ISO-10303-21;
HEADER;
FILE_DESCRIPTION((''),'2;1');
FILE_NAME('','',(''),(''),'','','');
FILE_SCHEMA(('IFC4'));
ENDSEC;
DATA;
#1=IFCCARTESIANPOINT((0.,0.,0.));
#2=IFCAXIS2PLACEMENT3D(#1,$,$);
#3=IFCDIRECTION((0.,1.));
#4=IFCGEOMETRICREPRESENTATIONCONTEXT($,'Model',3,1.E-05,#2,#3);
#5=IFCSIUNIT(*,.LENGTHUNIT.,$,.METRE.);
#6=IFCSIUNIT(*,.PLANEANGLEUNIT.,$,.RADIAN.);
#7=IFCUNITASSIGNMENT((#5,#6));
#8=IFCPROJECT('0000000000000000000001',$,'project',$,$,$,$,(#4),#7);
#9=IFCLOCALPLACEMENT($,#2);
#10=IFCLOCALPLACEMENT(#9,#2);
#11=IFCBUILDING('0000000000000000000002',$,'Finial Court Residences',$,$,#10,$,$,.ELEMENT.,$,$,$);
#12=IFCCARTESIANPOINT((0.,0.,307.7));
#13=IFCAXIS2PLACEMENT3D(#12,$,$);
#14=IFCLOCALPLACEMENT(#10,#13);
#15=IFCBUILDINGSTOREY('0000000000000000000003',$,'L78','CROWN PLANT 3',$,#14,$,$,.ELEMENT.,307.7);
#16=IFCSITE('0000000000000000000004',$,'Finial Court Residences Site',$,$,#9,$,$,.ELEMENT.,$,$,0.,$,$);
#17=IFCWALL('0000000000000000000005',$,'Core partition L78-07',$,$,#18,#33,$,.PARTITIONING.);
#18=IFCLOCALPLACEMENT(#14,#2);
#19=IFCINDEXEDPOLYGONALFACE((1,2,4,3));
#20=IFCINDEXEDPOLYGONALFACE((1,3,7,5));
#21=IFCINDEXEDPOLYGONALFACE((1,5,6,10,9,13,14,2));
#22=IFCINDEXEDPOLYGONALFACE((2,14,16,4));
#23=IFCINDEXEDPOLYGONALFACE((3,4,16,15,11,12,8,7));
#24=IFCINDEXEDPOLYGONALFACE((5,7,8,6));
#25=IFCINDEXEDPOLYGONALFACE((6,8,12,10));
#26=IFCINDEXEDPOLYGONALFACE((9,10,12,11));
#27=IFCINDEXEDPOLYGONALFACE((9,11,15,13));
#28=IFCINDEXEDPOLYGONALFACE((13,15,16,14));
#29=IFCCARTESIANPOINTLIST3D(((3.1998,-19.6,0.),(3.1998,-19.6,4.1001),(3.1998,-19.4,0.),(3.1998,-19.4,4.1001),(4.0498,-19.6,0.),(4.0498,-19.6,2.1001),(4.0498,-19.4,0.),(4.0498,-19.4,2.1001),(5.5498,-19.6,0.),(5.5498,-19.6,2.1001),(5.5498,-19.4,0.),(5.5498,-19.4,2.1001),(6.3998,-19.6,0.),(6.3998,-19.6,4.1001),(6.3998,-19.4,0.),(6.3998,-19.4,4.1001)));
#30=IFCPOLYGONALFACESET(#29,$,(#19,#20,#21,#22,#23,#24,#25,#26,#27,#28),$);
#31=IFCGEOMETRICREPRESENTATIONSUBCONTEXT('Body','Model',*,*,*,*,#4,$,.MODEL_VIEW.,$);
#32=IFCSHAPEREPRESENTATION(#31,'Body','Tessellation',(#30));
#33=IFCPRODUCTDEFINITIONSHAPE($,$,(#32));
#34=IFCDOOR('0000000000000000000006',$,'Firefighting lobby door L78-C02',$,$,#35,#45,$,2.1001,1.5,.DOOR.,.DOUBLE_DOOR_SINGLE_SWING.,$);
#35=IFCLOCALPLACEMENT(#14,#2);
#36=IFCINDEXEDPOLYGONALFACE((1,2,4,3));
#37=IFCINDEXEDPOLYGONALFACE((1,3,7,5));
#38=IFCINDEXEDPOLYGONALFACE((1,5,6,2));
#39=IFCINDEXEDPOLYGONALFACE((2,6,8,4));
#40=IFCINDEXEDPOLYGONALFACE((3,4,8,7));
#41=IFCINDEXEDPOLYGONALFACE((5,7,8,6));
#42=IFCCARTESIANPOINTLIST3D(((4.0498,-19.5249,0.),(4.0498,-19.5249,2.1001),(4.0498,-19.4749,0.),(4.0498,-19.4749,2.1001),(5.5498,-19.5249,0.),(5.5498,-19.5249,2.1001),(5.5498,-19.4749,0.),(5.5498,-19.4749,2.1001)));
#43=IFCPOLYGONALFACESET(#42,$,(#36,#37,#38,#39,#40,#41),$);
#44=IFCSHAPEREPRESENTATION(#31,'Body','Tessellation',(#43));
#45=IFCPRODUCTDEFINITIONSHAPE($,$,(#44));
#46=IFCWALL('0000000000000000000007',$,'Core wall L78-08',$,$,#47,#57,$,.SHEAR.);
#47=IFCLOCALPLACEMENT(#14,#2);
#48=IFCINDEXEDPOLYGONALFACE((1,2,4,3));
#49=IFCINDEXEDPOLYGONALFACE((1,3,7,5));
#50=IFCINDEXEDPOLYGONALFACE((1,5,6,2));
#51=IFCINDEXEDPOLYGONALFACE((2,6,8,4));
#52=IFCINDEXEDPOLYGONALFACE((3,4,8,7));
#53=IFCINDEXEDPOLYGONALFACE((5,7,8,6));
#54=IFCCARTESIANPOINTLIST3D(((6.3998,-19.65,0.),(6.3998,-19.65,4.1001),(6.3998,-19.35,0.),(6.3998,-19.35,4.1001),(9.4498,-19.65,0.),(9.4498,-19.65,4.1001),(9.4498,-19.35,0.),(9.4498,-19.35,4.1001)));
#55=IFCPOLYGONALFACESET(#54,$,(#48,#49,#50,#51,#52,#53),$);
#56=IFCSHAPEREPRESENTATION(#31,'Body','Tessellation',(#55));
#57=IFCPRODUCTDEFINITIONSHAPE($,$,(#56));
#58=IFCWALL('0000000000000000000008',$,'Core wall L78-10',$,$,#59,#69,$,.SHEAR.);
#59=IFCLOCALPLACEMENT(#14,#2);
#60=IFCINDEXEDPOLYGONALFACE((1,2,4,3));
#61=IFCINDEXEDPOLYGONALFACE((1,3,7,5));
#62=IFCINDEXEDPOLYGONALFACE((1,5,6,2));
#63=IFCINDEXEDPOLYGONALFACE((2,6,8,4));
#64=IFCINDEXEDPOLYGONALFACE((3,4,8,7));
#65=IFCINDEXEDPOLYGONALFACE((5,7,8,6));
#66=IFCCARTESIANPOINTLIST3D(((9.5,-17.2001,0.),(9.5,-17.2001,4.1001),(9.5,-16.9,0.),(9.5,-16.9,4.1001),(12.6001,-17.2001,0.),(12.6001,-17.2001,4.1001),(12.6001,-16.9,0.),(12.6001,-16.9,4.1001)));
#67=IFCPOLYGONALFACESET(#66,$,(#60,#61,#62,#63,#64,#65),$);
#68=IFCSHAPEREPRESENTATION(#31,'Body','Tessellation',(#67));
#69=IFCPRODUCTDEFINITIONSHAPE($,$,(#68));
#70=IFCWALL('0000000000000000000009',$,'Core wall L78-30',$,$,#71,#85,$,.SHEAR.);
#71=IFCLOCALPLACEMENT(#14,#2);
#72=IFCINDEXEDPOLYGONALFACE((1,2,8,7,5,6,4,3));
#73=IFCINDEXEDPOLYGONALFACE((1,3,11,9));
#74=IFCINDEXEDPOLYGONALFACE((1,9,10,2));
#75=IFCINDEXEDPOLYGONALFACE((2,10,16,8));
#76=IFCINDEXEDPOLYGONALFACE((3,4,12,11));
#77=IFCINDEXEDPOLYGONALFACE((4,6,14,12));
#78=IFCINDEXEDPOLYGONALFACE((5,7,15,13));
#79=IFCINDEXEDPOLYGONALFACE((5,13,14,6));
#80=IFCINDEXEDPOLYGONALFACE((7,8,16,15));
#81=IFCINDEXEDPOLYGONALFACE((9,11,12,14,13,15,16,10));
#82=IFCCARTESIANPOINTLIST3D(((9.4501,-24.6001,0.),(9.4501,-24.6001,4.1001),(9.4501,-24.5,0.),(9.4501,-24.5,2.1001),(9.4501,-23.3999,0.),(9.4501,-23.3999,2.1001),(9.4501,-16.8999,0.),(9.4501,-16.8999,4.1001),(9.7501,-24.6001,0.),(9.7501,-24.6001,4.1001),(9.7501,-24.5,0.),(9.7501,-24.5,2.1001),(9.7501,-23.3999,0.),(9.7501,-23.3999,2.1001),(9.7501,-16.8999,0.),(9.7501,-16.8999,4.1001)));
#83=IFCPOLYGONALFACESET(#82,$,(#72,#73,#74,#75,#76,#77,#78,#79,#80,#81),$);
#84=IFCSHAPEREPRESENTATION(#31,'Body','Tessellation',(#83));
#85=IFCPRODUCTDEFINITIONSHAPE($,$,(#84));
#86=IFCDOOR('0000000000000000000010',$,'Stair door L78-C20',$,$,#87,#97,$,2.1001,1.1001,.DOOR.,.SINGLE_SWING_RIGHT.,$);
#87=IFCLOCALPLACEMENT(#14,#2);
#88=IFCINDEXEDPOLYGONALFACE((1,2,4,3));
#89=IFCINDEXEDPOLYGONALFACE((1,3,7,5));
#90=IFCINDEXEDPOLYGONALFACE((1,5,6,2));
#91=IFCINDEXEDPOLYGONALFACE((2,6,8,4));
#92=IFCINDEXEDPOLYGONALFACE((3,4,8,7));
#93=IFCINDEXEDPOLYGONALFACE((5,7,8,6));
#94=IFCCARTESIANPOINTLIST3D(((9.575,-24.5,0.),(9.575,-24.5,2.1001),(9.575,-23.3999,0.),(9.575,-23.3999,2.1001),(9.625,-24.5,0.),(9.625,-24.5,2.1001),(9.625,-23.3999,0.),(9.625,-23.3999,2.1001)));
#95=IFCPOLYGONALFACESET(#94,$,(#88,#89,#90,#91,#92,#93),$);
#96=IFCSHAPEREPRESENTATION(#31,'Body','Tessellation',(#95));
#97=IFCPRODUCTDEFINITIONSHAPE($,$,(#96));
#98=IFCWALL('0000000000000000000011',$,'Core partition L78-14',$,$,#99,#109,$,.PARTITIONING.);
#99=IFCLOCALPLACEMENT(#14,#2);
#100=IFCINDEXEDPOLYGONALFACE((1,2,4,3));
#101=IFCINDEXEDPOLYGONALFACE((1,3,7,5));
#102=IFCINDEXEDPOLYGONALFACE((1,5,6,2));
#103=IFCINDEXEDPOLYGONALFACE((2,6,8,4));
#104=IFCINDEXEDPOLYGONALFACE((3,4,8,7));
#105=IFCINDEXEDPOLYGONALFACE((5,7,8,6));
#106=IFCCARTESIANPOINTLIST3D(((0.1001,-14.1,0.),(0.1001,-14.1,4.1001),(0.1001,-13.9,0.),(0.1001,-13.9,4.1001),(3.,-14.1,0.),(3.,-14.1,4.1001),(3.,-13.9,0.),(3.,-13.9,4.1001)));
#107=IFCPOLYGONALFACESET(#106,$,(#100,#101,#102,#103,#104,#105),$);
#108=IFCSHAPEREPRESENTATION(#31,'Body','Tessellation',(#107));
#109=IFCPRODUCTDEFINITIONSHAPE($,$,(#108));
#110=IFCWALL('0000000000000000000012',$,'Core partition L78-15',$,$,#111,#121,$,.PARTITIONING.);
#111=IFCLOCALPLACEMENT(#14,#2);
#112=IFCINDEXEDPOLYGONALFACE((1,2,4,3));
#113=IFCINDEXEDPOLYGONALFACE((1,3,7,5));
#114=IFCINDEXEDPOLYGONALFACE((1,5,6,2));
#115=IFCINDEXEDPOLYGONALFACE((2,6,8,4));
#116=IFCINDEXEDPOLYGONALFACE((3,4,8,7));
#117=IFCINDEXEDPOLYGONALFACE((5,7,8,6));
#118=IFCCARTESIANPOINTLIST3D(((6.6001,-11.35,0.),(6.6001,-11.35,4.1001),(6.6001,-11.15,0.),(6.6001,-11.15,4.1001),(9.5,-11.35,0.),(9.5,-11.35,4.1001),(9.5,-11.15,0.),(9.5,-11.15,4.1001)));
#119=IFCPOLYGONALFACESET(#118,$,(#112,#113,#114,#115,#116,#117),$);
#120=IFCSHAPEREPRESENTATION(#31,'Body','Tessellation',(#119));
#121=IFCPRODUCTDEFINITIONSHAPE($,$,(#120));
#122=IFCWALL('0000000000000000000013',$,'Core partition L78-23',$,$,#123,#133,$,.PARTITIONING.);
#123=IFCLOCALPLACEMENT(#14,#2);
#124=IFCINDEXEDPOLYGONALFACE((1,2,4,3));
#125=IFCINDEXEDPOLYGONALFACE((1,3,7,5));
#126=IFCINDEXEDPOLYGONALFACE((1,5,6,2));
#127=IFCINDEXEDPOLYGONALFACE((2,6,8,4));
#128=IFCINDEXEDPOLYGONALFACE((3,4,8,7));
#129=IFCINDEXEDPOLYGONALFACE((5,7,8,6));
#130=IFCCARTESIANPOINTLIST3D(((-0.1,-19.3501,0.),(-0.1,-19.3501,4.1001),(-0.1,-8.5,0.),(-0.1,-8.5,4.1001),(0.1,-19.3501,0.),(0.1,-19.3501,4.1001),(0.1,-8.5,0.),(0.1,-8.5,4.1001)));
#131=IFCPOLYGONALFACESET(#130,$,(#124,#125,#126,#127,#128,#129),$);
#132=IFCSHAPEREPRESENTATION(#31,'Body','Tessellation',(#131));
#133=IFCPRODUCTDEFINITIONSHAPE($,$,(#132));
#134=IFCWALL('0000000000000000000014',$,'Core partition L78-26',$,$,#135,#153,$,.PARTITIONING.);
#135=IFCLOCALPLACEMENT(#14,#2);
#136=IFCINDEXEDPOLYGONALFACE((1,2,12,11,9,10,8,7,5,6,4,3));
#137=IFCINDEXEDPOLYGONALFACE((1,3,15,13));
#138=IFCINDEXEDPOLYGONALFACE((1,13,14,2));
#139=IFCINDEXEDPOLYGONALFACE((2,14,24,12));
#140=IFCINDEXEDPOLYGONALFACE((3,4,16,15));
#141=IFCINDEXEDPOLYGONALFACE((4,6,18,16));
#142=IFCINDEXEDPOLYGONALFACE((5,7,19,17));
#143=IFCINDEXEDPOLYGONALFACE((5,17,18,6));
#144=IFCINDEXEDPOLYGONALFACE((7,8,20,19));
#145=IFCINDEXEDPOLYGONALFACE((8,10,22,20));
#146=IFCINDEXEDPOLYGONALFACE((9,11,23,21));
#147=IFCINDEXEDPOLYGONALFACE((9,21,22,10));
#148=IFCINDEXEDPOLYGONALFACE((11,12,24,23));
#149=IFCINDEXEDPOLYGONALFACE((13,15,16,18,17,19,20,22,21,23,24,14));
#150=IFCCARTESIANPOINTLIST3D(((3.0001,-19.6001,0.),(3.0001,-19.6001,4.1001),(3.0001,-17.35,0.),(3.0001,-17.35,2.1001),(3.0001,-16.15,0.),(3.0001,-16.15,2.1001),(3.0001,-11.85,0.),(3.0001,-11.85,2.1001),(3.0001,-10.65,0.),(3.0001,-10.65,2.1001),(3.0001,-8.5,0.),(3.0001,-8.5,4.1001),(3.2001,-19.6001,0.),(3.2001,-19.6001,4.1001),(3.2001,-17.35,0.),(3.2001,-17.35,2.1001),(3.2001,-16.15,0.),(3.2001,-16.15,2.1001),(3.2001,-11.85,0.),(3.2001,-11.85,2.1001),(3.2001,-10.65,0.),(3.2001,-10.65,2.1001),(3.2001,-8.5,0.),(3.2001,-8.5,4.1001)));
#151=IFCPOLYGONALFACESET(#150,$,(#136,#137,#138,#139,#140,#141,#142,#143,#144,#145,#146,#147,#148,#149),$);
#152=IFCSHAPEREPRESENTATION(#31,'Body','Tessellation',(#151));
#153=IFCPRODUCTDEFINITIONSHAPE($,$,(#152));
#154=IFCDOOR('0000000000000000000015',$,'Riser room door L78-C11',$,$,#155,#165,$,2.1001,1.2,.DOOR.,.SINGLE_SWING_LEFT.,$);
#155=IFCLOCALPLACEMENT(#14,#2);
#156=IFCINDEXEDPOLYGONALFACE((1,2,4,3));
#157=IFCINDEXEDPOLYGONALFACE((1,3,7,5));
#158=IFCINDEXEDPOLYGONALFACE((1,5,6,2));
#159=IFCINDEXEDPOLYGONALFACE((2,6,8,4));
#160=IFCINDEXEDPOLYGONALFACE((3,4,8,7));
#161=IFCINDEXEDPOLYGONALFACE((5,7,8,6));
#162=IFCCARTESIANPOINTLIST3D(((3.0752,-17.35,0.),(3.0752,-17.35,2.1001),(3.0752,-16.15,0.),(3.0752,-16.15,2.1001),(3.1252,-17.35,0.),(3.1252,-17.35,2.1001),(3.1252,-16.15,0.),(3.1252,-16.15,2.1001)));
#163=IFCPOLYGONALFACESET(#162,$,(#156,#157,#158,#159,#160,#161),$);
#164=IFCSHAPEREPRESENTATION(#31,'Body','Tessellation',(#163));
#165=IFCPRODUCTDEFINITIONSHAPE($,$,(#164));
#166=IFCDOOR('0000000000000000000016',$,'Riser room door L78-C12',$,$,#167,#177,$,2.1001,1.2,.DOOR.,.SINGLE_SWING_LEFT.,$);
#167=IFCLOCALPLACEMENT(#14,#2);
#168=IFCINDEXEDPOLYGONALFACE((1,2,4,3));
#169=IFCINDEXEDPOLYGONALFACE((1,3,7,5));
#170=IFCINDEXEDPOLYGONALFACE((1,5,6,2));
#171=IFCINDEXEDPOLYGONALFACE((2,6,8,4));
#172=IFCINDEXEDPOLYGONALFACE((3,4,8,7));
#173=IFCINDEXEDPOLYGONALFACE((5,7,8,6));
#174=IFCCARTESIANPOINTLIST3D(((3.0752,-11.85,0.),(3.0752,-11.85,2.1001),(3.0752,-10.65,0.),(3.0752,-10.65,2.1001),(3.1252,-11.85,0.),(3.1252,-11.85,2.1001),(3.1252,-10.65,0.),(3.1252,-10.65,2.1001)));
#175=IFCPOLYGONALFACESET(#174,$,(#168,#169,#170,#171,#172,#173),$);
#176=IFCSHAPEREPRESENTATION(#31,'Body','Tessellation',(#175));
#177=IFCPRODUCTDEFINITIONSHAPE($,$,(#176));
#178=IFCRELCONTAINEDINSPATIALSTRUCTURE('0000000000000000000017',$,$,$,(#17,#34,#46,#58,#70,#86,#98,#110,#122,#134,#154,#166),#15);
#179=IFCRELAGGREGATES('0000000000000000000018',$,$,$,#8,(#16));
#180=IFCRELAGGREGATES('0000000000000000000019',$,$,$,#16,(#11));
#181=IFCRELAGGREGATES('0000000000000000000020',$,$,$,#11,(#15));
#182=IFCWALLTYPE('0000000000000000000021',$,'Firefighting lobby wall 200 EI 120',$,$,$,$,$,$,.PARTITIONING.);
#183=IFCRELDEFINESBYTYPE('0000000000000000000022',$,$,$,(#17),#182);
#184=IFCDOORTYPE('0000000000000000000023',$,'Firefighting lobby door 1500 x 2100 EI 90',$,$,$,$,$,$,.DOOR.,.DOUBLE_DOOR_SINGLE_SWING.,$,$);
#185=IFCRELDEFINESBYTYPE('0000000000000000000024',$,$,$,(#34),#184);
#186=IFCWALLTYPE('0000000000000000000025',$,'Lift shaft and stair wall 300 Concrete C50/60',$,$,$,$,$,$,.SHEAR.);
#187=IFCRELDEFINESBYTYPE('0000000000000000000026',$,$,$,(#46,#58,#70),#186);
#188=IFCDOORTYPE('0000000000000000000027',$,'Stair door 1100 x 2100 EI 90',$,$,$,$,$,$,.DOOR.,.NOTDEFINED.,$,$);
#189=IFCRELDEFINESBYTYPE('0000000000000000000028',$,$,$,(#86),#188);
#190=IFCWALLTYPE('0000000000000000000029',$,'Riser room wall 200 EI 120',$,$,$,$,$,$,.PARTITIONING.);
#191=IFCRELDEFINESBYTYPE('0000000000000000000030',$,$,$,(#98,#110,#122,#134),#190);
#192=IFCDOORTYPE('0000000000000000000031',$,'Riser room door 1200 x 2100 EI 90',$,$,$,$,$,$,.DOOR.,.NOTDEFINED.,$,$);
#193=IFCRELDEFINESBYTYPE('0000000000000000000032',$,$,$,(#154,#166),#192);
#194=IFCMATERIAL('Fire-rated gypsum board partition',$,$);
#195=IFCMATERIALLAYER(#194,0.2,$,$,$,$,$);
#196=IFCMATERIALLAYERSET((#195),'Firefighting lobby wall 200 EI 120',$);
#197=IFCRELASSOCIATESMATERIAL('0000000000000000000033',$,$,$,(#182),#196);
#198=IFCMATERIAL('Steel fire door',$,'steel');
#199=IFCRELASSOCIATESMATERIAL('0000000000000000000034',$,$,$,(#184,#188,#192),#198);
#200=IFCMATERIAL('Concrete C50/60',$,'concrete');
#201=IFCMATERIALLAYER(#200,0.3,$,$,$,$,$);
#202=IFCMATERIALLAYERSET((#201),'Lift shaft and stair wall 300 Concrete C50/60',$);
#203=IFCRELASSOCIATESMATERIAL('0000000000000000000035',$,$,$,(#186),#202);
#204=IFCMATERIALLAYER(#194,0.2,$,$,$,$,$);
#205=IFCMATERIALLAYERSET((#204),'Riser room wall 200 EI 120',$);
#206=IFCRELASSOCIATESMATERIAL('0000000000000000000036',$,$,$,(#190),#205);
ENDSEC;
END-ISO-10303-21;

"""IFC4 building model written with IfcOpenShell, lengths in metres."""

from ifc_helpers import new_model, si_unit, direction, frame, frame_2d, origin, place, context, subcontext, project, spatial, rectangle, extrude, material, layer, layer_set, type_object, element, fill, save


model = new_model("IFC4")

# Units and contexts
model_context = context("Model", 3, precision=1e-05, world=origin(), true_north=direction((0.0, 1.0)))
body_context = subcontext(model_context, "Body", "Model", "MODEL_VIEW")
ifc_project = project(units=[si_unit("LENGTHUNIT", "METRE"), si_unit("PLANEANGLEUNIT", "RADIAN")], contexts=[model_context])

# Site, building, storey
site_placement = place(None, origin())
site = spatial("IfcSite", under=ifc_project, at=site_placement, Name="Finial Court Residences Site", CompositionType="ELEMENT", RefElevation=0.0)
building_placement = place(site_placement, origin())
building = spatial("IfcBuilding", under=site, at=building_placement, Name="Finial Court Residences", CompositionType="ELEMENT")
storey_placement = place(building_placement, frame((0.0, 0.0, 307.7)))
storey = spatial("IfcBuildingStorey", under=building, at=storey_placement, Name="L78", Description="CROWN PLANT 3", CompositionType="ELEMENT", Elevation=307.7)

# Wall, opening, door
ifc_material_1 = material(Name="Fire-rated gypsum board partition")
ifc_layer_1 = layer(ifc_material_1, 0.2)
ifc_layer_set_1 = layer_set([ifc_layer_1], Name="Firefighting lobby wall 200 EI 120")
wall_type_1 = type_object("IfcWallType", Name="Firefighting lobby wall 200 EI 120", PredefinedType="PARTITIONING", material=ifc_layer_set_1)
wall_1_placement = place(storey_placement, frame((6.3999, -19.5, 0.0), z_axis=(0.0, 0.0, 1.0), x_axis=(-1.0, 0.0, 0.0)))
wall_1 = element("IfcWall", 1, at=wall_1_placement, inside=storey, type_object=wall_type_1, Name="Core partition L78-07", PredefinedType="PARTITIONING", context=body_context, shape_type="SweptSolid", body=[
    extrude(rectangle(XDim=3.2, YDim=0.2, at=frame_2d((1.6001, 0.0))), origin(), (0.0, 0.0, 1.0), 4.1001),
])
opening_1_placement = place(wall_1_placement, frame((0.8501, 0.0, 0.0)))
opening_1 = element("IfcOpeningElement", 2, at=opening_1_placement, cuts=wall_1, PredefinedType="OPENING", context=body_context, shape_type="SweptSolid", body=[
    extrude(rectangle(XDim=1.5, YDim=2.1001, at=frame_2d((0.75, 1.05))), frame((0.0, 0.1099, 0.0), z_axis=(0.0, -1.0, 0.0), x_axis=(1.0, 0.0, 0.0)), (0.0, 0.0, 1.0), 0.22),
])
ifc_material_2 = material(Name="Steel fire door", Category="steel")
door_type_1 = type_object("IfcDoorType", Name="Firefighting lobby door 1500 x 2100 EI 90", OperationType="DOUBLE_DOOR_SINGLE_SWING", PredefinedType="DOOR", material=ifc_material_2)
door_1_placement = place(opening_1_placement, origin())
door_1 = element("IfcDoor", 3, at=door_1_placement, inside=storey, type_object=door_type_1, Name="Firefighting lobby door L78-C02", OperationType="DOUBLE_DOOR_SINGLE_SWING", OverallHeight=2.1001, OverallWidth=1.5, PredefinedType="DOOR", context=body_context, shape_type="SweptSolid", body=[
    extrude(rectangle(XDim=1.5, YDim=2.1001, at=frame_2d((0.75, 1.05))), frame((0.0, 0.0249, 0.0), z_axis=(0.0, -1.0, 0.0), x_axis=(1.0, 0.0, 0.0)), (0.0, 0.0, 1.0), 0.05),
])
fill(opening_1, door_1)

# Walls
ifc_material_3 = material(Name="Concrete C50/60", Category="concrete")
ifc_layer_2 = layer(ifc_material_3, 0.3)
ifc_layer_set_2 = layer_set([ifc_layer_2], Name="Lift shaft and stair wall 300 Concrete C50/60")
wall_type_2 = type_object("IfcWallType", Name="Lift shaft and stair wall 300 Concrete C50/60", PredefinedType="SHEAR", material=ifc_layer_set_2)
wall_2_placement = place(storey_placement, frame((6.3999, -19.5, 0.0), z_axis=(0.0, 0.0, 1.0), x_axis=(1.0, 0.0, 0.0)))
element("IfcWall", 4, at=wall_2_placement, inside=storey, type_object=wall_type_2, Name="Core wall L78-08", PredefinedType="SHEAR", context=body_context, shape_type="SweptSolid", body=[
    extrude(rectangle(XDim=3.05, YDim=0.3, at=frame_2d((1.5249, 0.0))), origin(), (0.0, 0.0, 1.0), 4.1001),
])
wall_3_placement = place(storey_placement, frame((9.5, -17.05, 0.0), z_axis=(0.0, 0.0, 1.0), x_axis=(1.0, 0.0, 0.0)))
element("IfcWall", 5, at=wall_3_placement, inside=storey, type_object=wall_type_2, Name="Core wall L78-10", PredefinedType="SHEAR", context=body_context, shape_type="SweptSolid", body=[
    extrude(rectangle(XDim=3.1001, YDim=0.3, at=frame_2d((1.55, 0.0))), origin(), (0.0, 0.0, 1.0), 4.1001),
])

# Wall, opening, door
wall_4_placement = place(storey_placement, frame((9.6001, -16.8999, 0.0), z_axis=(0.0, 0.0, 1.0), x_axis=(0.0, -1.0, 0.0)))
wall_4 = element("IfcWall", 6, at=wall_4_placement, inside=storey, type_object=wall_type_2, Name="Core wall L78-30", PredefinedType="SHEAR", context=body_context, shape_type="SweptSolid", body=[
    extrude(rectangle(XDim=7.7002, YDim=0.3, at=frame_2d((3.8501, 0.0))), origin(), (0.0, 0.0, 1.0), 4.1001),
])
opening_2_placement = place(wall_4_placement, frame((6.5, 0.0, 0.0)))
opening_2 = element("IfcOpeningElement", 7, at=opening_2_placement, cuts=wall_4, PredefinedType="OPENING", context=body_context, shape_type="SweptSolid", body=[
    extrude(rectangle(XDim=1.1001, YDim=2.1001, at=frame_2d((0.55, 1.05))), frame((0.0, 0.1599, 0.0), z_axis=(0.0, -1.0, 0.0), x_axis=(1.0, 0.0, 0.0)), (0.0, 0.0, 1.0), 0.3201),
])
door_type_2 = type_object("IfcDoorType", Name="Stair door 1100 x 2100 EI 90", OperationType="NOTDEFINED", PredefinedType="DOOR", material=ifc_material_2)
door_2_placement = place(opening_2_placement, origin())
door_2 = element("IfcDoor", 8, at=door_2_placement, inside=storey, type_object=door_type_2, Name="Stair door L78-C20", OperationType="SINGLE_SWING_RIGHT", OverallHeight=2.1001, OverallWidth=1.1001, PredefinedType="DOOR", context=body_context, shape_type="SweptSolid", body=[
    extrude(rectangle(XDim=1.1001, YDim=2.1001, at=frame_2d((0.55, 1.05))), frame((0.0, 0.0249, 0.0), z_axis=(0.0, -1.0, 0.0), x_axis=(1.0, 0.0, 0.0)), (0.0, 0.0, 1.0), 0.05),
])
fill(opening_2, door_2)

# Walls
ifc_layer_3 = layer(ifc_material_1, 0.2)
ifc_layer_set_3 = layer_set([ifc_layer_3], Name="Riser room wall 200 EI 120")
wall_type_3 = type_object("IfcWallType", Name="Riser room wall 200 EI 120", PredefinedType="PARTITIONING", material=ifc_layer_set_3)
for number, where, z_axis, x_axis, name in (
    (9, (0.1001, -14.0, 0.0), (0.0, 0.0, 1.0), (1.0, 0.0, 0.0), "Core partition L78-14"),
    (10, (6.6001, -11.25, 0.0), (0.0, 0.0, 1.0), (1.0, 0.0, 0.0), "Core partition L78-15"),
):
    element("IfcWall", number, at=place(storey_placement, frame(where, z_axis=z_axis, x_axis=x_axis)), inside=storey, type_object=wall_type_3, Name=name, PredefinedType="PARTITIONING", context=body_context, shape_type="SweptSolid", body=[
        extrude(rectangle(XDim=2.8999, YDim=0.2, at=frame_2d((1.45, 0.0))), origin(), (0.0, 0.0, 1.0), 4.1001),
    ])
wall_5_placement = place(storey_placement, frame((0.0, -19.3501, 0.0), z_axis=(0.0, 0.0, 1.0), x_axis=(0.0, 1.0, 0.0)))
element("IfcWall", 11, at=wall_5_placement, inside=storey, type_object=wall_type_3, Name="Core partition L78-23", PredefinedType="PARTITIONING", context=body_context, shape_type="SweptSolid", body=[
    extrude(rectangle(XDim=10.8501, YDim=0.2, at=frame_2d((5.425, 0.0))), origin(), (0.0, 0.0, 1.0), 4.1001),
])

# Wall, openings, doors
wall_6_placement = place(storey_placement, frame((3.1001, -19.6001, 0.0), z_axis=(0.0, 0.0, 1.0), x_axis=(0.0, 1.0, 0.0)))
wall_6 = element("IfcWall", 12, at=wall_6_placement, inside=storey, type_object=wall_type_3, Name="Core partition L78-26", PredefinedType="PARTITIONING", context=body_context, shape_type="SweptSolid", body=[
    extrude(rectangle(XDim=11.1001, YDim=0.2, at=frame_2d((5.55, 0.0))), origin(), (0.0, 0.0, 1.0), 4.1001),
])
opening_3_placement = place(wall_6_placement, frame((2.25, 0.0, 0.0)))
opening_3 = element("IfcOpeningElement", 13, at=opening_3_placement, cuts=wall_6, PredefinedType="OPENING", context=body_context, shape_type="SweptSolid", body=[
    extrude(rectangle(XDim=1.2, YDim=2.1001, at=frame_2d((0.6001, 1.05))), frame((0.0, 0.1099, 0.0), z_axis=(0.0, -1.0, 0.0), x_axis=(1.0, 0.0, 0.0)), (0.0, 0.0, 1.0), 0.22),
])
opening_4_placement = place(wall_6_placement, frame((7.75, 0.0, 0.0)))
opening_4 = element("IfcOpeningElement", 14, at=opening_4_placement, cuts=wall_6, PredefinedType="OPENING", context=body_context, shape_type="SweptSolid", body=[
    extrude(rectangle(XDim=1.2, YDim=2.1001, at=frame_2d((0.6001, 1.05))), frame((0.0, 0.1099, 0.0), z_axis=(0.0, -1.0, 0.0), x_axis=(1.0, 0.0, 0.0)), (0.0, 0.0, 1.0), 0.22),
])
door_type_3 = type_object("IfcDoorType", Name="Riser room door 1200 x 2100 EI 90", OperationType="NOTDEFINED", PredefinedType="DOOR", material=ifc_material_2)
door_3_placement = place(opening_3_placement, origin())
door_3 = element("IfcDoor", 15, at=door_3_placement, inside=storey, type_object=door_type_3, Name="Riser room door L78-C11", OperationType="SINGLE_SWING_LEFT", OverallHeight=2.1001, OverallWidth=1.2, PredefinedType="DOOR", context=body_context, shape_type="SweptSolid", body=[
    extrude(rectangle(XDim=1.2, YDim=2.1001, at=frame_2d((0.6001, 1.05))), frame((0.0, 0.0249, 0.0), z_axis=(0.0, -1.0, 0.0), x_axis=(1.0, 0.0, 0.0)), (0.0, 0.0, 1.0), 0.05),
])
fill(opening_3, door_3)
door_4_placement = place(opening_4_placement, origin())
door_4 = element("IfcDoor", 16, at=door_4_placement, inside=storey, type_object=door_type_3, Name="Riser room door L78-C12", OperationType="SINGLE_SWING_LEFT", OverallHeight=2.1001, OverallWidth=1.2, PredefinedType="DOOR", context=body_context, shape_type="SweptSolid", body=[
    extrude(rectangle(XDim=1.2, YDim=2.1001, at=frame_2d((0.6001, 1.05))), frame((0.0, 0.0249, 0.0), z_axis=(0.0, -1.0, 0.0), x_axis=(1.0, 0.0, 0.0)), (0.0, 0.0, 1.0), 0.05),
])
fill(opening_4, door_4)

save(model, "model.ifc")
